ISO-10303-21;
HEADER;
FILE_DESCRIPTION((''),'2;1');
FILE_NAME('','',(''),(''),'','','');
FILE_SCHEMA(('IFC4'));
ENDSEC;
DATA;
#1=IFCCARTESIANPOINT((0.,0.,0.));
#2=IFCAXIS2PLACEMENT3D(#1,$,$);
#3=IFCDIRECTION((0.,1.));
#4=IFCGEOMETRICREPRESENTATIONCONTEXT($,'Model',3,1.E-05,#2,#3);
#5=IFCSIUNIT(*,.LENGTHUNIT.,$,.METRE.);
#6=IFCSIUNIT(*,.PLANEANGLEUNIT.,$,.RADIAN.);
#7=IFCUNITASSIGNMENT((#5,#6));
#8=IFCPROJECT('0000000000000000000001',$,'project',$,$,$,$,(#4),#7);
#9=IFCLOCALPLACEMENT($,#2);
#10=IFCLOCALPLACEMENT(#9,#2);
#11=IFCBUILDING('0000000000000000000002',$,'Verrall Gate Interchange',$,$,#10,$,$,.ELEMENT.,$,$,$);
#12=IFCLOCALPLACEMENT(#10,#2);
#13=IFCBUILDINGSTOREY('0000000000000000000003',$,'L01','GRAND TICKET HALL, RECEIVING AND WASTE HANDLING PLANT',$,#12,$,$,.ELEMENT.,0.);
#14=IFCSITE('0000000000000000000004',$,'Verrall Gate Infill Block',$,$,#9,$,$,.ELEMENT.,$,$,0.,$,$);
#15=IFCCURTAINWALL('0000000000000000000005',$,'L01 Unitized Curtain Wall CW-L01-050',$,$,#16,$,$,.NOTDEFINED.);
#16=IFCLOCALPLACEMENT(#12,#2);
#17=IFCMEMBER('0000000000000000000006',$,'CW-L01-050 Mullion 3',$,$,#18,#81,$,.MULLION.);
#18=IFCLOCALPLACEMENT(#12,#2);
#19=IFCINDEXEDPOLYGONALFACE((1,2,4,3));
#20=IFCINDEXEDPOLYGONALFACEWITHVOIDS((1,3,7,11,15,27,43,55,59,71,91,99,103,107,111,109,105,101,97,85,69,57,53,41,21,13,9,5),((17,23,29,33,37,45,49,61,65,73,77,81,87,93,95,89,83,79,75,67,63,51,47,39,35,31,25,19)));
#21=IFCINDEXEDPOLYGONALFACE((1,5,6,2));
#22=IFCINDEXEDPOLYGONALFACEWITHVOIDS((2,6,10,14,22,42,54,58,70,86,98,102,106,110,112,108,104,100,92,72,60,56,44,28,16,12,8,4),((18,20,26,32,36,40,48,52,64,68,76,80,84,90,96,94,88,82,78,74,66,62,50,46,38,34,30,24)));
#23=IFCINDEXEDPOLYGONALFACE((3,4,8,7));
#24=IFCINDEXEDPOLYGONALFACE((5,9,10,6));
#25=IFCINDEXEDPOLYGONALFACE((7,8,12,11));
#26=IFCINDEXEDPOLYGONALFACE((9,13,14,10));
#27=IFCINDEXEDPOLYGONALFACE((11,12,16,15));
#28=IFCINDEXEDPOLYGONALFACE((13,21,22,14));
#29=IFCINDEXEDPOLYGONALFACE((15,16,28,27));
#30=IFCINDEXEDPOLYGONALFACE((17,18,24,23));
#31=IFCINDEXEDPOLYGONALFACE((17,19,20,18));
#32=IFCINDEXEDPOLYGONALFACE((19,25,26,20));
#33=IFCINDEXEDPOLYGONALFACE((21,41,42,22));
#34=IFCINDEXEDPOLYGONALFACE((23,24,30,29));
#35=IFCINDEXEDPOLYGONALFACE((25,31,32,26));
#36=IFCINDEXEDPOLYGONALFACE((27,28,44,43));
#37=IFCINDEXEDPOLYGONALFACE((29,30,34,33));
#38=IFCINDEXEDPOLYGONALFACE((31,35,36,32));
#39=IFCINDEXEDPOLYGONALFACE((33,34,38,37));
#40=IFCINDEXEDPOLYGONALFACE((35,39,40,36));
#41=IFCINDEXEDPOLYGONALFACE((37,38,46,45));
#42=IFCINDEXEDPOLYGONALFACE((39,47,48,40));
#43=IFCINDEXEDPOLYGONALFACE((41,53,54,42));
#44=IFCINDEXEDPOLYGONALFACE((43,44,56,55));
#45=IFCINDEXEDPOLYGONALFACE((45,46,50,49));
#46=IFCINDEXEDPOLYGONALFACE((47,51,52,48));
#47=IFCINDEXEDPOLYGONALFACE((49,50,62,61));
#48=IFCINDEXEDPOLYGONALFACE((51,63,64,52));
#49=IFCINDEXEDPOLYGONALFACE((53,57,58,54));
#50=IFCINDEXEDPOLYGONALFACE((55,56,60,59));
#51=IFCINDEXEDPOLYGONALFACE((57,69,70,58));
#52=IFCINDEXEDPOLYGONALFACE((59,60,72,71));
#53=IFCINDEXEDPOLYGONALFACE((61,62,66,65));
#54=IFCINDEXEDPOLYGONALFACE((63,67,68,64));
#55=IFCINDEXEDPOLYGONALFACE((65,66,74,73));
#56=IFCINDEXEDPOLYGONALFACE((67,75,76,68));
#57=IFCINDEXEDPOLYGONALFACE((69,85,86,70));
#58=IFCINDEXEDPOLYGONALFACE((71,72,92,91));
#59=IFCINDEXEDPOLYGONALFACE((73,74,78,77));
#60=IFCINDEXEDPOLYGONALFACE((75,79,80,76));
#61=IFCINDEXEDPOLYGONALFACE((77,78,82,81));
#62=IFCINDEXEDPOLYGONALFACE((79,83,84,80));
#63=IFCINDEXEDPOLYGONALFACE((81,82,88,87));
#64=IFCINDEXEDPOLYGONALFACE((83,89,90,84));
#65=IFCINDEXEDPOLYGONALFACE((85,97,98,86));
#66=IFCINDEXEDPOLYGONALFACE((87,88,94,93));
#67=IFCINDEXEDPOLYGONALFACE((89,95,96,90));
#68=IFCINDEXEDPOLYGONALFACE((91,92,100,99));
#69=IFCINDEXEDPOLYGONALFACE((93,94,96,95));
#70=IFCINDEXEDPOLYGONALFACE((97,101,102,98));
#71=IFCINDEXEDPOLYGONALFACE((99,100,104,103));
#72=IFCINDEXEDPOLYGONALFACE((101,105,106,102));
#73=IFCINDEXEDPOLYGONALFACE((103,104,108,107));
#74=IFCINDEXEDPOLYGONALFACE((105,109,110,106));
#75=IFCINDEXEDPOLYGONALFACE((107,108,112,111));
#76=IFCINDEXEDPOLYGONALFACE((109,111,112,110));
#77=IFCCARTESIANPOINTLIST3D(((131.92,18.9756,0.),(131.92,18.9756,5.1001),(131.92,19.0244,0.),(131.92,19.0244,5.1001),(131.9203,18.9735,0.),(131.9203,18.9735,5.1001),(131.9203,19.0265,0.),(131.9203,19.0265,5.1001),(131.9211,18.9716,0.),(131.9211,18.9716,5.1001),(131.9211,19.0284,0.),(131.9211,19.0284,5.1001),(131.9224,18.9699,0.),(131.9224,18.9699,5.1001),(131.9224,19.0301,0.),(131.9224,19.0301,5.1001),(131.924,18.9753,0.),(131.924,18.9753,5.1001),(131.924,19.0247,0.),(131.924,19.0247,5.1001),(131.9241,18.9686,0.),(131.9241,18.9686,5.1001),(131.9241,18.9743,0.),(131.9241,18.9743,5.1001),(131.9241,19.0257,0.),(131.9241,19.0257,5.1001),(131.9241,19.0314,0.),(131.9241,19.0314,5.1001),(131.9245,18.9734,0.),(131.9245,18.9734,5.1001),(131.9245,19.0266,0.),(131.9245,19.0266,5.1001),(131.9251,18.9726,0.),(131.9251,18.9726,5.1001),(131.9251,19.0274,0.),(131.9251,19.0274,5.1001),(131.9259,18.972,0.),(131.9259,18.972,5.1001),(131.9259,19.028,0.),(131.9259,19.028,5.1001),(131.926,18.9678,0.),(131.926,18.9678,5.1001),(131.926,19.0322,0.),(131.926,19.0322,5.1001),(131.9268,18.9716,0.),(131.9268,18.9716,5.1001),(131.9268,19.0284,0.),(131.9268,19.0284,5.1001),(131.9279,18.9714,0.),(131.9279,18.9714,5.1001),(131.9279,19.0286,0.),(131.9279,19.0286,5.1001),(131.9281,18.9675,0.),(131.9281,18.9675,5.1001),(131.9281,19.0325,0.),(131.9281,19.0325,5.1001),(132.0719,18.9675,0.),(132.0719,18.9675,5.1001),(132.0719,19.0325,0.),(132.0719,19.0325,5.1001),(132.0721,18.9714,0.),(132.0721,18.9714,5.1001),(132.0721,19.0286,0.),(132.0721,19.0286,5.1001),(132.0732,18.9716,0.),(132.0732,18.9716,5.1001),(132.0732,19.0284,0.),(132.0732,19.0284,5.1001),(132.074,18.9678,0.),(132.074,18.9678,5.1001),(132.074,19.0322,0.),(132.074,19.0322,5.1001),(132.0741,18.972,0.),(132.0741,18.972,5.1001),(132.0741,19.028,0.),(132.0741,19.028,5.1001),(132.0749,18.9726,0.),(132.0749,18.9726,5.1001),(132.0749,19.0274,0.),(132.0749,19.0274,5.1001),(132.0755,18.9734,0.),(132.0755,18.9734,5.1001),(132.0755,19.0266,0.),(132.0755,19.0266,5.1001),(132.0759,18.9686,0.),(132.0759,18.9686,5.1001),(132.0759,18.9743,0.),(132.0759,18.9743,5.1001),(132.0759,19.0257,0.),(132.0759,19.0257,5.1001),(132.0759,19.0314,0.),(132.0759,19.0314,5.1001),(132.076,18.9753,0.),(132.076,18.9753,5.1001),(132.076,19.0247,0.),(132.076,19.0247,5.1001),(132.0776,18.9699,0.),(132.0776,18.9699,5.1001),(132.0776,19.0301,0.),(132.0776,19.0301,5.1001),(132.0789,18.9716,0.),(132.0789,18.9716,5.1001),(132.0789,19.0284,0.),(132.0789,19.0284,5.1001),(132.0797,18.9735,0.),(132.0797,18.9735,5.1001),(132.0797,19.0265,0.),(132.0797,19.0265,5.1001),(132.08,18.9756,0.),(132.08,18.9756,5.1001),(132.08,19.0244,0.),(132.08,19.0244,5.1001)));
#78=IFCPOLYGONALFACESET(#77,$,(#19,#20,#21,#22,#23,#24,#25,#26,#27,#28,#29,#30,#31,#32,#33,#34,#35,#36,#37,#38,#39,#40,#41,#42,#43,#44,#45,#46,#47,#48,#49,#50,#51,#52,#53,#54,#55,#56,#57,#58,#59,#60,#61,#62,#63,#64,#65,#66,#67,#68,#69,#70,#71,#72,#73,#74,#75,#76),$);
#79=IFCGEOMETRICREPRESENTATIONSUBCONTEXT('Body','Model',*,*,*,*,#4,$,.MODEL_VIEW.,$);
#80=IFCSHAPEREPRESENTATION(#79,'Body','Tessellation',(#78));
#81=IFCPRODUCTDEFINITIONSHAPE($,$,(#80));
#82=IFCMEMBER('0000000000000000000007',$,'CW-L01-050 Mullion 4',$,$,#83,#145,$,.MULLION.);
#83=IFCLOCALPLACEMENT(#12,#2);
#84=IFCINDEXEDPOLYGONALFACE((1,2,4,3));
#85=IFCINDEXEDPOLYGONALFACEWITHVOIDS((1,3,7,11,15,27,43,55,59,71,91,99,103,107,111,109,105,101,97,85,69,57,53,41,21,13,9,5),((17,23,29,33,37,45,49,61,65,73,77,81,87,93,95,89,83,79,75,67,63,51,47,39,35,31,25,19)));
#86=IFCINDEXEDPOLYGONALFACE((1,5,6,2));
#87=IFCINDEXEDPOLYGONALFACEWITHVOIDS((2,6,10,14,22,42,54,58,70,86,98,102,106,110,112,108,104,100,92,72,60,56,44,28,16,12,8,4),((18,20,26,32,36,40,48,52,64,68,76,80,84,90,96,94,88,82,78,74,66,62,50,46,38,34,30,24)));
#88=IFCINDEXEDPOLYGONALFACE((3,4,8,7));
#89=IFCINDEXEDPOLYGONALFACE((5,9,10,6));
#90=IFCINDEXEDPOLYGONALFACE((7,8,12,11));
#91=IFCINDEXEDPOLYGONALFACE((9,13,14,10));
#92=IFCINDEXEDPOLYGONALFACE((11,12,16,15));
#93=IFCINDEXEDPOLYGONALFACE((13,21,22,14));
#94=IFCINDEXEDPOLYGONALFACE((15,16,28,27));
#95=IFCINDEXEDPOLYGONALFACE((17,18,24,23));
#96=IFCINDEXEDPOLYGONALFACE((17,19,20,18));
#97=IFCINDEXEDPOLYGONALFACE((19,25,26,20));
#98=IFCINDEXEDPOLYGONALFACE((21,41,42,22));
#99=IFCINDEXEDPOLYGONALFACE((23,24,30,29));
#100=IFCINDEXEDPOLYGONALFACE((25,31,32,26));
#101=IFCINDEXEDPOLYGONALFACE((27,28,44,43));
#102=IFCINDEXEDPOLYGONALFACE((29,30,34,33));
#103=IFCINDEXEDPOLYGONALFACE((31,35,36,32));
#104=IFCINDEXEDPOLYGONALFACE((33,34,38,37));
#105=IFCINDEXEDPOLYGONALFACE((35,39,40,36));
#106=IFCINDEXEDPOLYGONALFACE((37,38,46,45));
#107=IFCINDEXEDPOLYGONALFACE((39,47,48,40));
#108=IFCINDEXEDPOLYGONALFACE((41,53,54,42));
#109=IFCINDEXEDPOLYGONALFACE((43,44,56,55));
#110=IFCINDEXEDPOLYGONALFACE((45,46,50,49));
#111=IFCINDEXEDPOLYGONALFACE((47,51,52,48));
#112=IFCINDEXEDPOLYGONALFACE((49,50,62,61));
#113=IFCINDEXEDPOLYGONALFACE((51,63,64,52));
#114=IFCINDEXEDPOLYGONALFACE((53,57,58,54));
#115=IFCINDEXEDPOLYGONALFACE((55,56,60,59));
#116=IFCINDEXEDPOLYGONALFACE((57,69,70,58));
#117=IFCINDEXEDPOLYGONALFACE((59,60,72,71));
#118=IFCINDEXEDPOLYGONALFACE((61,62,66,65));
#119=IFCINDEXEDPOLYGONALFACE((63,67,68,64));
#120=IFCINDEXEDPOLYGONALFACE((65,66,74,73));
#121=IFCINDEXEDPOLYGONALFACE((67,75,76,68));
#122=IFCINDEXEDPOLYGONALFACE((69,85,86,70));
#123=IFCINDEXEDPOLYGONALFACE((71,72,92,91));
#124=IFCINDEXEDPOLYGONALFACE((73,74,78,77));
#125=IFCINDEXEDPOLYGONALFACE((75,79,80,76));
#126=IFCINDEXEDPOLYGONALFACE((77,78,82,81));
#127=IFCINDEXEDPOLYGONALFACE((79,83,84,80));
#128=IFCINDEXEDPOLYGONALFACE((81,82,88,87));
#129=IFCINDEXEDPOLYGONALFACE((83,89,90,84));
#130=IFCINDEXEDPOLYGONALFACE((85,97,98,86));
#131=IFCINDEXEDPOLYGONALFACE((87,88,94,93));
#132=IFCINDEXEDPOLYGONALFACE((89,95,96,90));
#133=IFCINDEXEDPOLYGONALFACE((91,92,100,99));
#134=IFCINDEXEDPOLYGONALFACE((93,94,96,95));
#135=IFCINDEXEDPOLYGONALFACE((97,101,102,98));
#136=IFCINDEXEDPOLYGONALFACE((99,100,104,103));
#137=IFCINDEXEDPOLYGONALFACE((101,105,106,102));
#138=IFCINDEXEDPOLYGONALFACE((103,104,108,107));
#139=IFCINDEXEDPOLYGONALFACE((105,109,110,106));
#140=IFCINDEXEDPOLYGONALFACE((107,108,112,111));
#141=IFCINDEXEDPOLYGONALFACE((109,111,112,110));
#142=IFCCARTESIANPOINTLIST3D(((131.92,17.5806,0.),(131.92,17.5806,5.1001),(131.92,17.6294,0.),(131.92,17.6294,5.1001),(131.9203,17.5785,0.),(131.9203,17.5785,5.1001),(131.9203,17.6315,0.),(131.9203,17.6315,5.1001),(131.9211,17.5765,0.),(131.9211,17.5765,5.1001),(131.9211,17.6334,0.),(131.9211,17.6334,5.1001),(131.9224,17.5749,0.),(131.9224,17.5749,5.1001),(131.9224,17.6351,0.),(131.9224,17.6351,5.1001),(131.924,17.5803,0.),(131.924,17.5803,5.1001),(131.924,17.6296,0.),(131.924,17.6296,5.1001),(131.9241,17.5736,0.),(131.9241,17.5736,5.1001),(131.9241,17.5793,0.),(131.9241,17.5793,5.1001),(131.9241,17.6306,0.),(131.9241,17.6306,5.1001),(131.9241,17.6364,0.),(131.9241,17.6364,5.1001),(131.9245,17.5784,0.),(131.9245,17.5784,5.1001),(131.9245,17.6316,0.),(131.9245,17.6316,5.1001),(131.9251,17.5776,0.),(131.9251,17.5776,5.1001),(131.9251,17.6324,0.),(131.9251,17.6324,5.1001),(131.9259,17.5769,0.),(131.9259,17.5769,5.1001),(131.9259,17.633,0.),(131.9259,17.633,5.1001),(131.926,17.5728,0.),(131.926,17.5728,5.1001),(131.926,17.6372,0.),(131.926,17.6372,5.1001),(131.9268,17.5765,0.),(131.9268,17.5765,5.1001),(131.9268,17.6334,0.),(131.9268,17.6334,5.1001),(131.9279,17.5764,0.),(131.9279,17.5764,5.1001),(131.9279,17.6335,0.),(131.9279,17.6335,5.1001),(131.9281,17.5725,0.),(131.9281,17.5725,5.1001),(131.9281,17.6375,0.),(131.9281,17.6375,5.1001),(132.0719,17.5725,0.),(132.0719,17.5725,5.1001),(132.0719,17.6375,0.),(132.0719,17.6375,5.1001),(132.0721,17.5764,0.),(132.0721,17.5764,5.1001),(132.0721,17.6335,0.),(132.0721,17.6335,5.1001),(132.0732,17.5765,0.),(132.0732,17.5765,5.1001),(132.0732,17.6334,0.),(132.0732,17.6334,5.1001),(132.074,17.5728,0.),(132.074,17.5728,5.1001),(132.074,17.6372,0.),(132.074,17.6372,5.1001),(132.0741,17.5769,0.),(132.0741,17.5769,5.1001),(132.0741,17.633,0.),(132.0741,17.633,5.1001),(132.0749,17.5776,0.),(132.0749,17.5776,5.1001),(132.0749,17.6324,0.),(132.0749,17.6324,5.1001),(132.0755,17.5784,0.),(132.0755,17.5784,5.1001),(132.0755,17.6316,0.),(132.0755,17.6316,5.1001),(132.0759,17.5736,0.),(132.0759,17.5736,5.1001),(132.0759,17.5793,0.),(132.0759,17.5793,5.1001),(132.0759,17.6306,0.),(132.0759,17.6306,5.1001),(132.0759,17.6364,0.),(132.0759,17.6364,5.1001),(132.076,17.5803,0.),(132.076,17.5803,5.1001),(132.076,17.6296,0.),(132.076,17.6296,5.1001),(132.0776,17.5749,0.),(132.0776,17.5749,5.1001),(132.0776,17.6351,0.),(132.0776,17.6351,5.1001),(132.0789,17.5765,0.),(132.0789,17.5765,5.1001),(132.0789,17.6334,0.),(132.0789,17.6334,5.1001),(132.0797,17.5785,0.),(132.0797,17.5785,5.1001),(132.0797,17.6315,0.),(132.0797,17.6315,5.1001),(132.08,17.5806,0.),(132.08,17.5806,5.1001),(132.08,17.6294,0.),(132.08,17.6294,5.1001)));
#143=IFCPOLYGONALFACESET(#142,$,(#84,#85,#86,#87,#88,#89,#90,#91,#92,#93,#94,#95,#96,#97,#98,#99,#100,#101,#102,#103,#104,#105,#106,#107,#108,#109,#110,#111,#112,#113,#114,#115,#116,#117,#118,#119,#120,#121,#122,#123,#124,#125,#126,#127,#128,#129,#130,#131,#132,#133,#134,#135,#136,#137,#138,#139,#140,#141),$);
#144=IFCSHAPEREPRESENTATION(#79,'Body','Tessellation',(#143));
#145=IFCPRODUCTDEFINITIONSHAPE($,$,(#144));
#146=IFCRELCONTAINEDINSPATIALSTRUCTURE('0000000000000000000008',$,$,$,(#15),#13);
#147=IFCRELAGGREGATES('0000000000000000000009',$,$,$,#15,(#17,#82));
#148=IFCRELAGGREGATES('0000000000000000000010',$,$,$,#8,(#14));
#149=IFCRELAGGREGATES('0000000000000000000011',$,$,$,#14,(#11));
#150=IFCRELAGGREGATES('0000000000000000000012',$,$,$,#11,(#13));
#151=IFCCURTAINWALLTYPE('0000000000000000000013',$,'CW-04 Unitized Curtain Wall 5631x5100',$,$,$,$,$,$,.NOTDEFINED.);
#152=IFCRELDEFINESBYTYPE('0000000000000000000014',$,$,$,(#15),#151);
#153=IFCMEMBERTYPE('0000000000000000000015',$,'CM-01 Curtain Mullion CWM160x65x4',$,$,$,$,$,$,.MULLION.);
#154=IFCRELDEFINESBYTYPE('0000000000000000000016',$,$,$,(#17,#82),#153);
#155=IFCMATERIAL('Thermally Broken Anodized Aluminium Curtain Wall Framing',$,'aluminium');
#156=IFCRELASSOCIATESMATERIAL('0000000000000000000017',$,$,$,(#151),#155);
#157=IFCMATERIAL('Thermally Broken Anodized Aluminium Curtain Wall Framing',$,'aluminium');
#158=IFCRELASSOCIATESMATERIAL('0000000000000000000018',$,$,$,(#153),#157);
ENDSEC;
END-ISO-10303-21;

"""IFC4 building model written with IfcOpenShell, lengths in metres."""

from ifc_helpers import new_model, si_unit, direction, frame, origin, origin_2d, place, context, subcontext, project, spatial, hollow_rectangle, extrude, material, material_profile, profile_set, type_object, element, aggregate, save


model = new_model("IFC4")

# Units and contexts
model_context = context("Model", 3, precision=1e-05, world=origin(), true_north=direction((0.0, 1.0)))
body_context = subcontext(model_context, "Body", "Model", "MODEL_VIEW")
ifc_project = project(units=[si_unit("LENGTHUNIT", "METRE"), si_unit("PLANEANGLEUNIT", "RADIAN")], contexts=[model_context])

# Site, building, storey
site_placement = place(None, origin())
site = spatial("IfcSite", under=ifc_project, at=site_placement, Name="Verrall Gate Infill Block", CompositionType="ELEMENT", RefElevation=0.0)
building_placement = place(site_placement, origin())
building = spatial("IfcBuilding", under=site, at=building_placement, Name="Verrall Gate Interchange", CompositionType="ELEMENT")
storey_placement = place(building_placement, origin())
storey = spatial("IfcBuildingStorey", under=building, at=storey_placement, Name="L01", Description="GRAND TICKET HALL, RECEIVING AND WASTE HANDLING PLANT", CompositionType="ELEMENT", Elevation=0.0)

# Curtain wall, members
ifc_material_1 = material(Name="Thermally Broken Anodized Aluminium Curtain Wall Framing", Category="aluminium")
curtain_wall_type_1 = type_object("IfcCurtainWallType", Name="CW-04 Unitized Curtain Wall 5631x5100", PredefinedType="NOTDEFINED", material=ifc_material_1)
curtain_wall_1_placement = place(storey_placement, origin())
curtain_wall_1 = element("IfcCurtainWall", 1, at=curtain_wall_1_placement, inside=storey, type_object=curtain_wall_type_1, Name="L01 Unitized Curtain Wall CW-L01-050", PredefinedType="NOTDEFINED")
ifc_material_2 = material(Name="Thermally Broken Anodized Aluminium Curtain Wall Framing", Category="aluminium")
ifc_material_profile_1 = material_profile(ifc_material_2, hollow_rectangle(XDim=0.0649, YDim=0.1599, WallThickness=0.0039, InnerFilletRadius=0.0039, OuterFilletRadius=0.0081, at=origin_2d()), Name="CWM160x65x4")
ifc_profile_set_1 = profile_set([ifc_material_profile_1], Name="Thermally Broken Anodized Aluminium Curtain Wall Framing")
member_type_1 = type_object("IfcMemberType", Name="CM-01 Curtain Mullion CWM160x65x4", PredefinedType="MULLION", material=ifc_profile_set_1)
member_1_placement = place(storey_placement, frame((132.0, 19.0, 0.0), z_axis=(0.0, 0.0, 1.0), x_axis=(0.0, -1.0, 0.0)))
member_1 = element("IfcMember", 2, at=member_1_placement, type_object=member_type_1, Name="CW-L01-050 Mullion 3", PredefinedType="MULLION", context=body_context, shape_type="SweptSolid", body=[
    extrude(hollow_rectangle(XDim=0.0649, YDim=0.1599, WallThickness=0.0039, InnerFilletRadius=0.0039, OuterFilletRadius=0.0081, at=origin_2d()), origin(), (0.0, 0.0, 1.0), 5.1001),
])
member_2_placement = place(storey_placement, frame((132.0, 17.605, 0.0), z_axis=(0.0, 0.0, 1.0), x_axis=(0.0, -1.0, 0.0)))
member_2 = element("IfcMember", 3, at=member_2_placement, type_object=member_type_1, Name="CW-L01-050 Mullion 4", PredefinedType="MULLION", context=body_context, shape_type="SweptSolid", body=[
    extrude(hollow_rectangle(XDim=0.0649, YDim=0.1599, WallThickness=0.0039, InnerFilletRadius=0.0039, OuterFilletRadius=0.0081, at=origin_2d()), origin(), (0.0, 0.0, 1.0), 5.1001),
])

aggregate(curtain_wall_1, [member_1, member_2])

save(model, "model.ifc")
